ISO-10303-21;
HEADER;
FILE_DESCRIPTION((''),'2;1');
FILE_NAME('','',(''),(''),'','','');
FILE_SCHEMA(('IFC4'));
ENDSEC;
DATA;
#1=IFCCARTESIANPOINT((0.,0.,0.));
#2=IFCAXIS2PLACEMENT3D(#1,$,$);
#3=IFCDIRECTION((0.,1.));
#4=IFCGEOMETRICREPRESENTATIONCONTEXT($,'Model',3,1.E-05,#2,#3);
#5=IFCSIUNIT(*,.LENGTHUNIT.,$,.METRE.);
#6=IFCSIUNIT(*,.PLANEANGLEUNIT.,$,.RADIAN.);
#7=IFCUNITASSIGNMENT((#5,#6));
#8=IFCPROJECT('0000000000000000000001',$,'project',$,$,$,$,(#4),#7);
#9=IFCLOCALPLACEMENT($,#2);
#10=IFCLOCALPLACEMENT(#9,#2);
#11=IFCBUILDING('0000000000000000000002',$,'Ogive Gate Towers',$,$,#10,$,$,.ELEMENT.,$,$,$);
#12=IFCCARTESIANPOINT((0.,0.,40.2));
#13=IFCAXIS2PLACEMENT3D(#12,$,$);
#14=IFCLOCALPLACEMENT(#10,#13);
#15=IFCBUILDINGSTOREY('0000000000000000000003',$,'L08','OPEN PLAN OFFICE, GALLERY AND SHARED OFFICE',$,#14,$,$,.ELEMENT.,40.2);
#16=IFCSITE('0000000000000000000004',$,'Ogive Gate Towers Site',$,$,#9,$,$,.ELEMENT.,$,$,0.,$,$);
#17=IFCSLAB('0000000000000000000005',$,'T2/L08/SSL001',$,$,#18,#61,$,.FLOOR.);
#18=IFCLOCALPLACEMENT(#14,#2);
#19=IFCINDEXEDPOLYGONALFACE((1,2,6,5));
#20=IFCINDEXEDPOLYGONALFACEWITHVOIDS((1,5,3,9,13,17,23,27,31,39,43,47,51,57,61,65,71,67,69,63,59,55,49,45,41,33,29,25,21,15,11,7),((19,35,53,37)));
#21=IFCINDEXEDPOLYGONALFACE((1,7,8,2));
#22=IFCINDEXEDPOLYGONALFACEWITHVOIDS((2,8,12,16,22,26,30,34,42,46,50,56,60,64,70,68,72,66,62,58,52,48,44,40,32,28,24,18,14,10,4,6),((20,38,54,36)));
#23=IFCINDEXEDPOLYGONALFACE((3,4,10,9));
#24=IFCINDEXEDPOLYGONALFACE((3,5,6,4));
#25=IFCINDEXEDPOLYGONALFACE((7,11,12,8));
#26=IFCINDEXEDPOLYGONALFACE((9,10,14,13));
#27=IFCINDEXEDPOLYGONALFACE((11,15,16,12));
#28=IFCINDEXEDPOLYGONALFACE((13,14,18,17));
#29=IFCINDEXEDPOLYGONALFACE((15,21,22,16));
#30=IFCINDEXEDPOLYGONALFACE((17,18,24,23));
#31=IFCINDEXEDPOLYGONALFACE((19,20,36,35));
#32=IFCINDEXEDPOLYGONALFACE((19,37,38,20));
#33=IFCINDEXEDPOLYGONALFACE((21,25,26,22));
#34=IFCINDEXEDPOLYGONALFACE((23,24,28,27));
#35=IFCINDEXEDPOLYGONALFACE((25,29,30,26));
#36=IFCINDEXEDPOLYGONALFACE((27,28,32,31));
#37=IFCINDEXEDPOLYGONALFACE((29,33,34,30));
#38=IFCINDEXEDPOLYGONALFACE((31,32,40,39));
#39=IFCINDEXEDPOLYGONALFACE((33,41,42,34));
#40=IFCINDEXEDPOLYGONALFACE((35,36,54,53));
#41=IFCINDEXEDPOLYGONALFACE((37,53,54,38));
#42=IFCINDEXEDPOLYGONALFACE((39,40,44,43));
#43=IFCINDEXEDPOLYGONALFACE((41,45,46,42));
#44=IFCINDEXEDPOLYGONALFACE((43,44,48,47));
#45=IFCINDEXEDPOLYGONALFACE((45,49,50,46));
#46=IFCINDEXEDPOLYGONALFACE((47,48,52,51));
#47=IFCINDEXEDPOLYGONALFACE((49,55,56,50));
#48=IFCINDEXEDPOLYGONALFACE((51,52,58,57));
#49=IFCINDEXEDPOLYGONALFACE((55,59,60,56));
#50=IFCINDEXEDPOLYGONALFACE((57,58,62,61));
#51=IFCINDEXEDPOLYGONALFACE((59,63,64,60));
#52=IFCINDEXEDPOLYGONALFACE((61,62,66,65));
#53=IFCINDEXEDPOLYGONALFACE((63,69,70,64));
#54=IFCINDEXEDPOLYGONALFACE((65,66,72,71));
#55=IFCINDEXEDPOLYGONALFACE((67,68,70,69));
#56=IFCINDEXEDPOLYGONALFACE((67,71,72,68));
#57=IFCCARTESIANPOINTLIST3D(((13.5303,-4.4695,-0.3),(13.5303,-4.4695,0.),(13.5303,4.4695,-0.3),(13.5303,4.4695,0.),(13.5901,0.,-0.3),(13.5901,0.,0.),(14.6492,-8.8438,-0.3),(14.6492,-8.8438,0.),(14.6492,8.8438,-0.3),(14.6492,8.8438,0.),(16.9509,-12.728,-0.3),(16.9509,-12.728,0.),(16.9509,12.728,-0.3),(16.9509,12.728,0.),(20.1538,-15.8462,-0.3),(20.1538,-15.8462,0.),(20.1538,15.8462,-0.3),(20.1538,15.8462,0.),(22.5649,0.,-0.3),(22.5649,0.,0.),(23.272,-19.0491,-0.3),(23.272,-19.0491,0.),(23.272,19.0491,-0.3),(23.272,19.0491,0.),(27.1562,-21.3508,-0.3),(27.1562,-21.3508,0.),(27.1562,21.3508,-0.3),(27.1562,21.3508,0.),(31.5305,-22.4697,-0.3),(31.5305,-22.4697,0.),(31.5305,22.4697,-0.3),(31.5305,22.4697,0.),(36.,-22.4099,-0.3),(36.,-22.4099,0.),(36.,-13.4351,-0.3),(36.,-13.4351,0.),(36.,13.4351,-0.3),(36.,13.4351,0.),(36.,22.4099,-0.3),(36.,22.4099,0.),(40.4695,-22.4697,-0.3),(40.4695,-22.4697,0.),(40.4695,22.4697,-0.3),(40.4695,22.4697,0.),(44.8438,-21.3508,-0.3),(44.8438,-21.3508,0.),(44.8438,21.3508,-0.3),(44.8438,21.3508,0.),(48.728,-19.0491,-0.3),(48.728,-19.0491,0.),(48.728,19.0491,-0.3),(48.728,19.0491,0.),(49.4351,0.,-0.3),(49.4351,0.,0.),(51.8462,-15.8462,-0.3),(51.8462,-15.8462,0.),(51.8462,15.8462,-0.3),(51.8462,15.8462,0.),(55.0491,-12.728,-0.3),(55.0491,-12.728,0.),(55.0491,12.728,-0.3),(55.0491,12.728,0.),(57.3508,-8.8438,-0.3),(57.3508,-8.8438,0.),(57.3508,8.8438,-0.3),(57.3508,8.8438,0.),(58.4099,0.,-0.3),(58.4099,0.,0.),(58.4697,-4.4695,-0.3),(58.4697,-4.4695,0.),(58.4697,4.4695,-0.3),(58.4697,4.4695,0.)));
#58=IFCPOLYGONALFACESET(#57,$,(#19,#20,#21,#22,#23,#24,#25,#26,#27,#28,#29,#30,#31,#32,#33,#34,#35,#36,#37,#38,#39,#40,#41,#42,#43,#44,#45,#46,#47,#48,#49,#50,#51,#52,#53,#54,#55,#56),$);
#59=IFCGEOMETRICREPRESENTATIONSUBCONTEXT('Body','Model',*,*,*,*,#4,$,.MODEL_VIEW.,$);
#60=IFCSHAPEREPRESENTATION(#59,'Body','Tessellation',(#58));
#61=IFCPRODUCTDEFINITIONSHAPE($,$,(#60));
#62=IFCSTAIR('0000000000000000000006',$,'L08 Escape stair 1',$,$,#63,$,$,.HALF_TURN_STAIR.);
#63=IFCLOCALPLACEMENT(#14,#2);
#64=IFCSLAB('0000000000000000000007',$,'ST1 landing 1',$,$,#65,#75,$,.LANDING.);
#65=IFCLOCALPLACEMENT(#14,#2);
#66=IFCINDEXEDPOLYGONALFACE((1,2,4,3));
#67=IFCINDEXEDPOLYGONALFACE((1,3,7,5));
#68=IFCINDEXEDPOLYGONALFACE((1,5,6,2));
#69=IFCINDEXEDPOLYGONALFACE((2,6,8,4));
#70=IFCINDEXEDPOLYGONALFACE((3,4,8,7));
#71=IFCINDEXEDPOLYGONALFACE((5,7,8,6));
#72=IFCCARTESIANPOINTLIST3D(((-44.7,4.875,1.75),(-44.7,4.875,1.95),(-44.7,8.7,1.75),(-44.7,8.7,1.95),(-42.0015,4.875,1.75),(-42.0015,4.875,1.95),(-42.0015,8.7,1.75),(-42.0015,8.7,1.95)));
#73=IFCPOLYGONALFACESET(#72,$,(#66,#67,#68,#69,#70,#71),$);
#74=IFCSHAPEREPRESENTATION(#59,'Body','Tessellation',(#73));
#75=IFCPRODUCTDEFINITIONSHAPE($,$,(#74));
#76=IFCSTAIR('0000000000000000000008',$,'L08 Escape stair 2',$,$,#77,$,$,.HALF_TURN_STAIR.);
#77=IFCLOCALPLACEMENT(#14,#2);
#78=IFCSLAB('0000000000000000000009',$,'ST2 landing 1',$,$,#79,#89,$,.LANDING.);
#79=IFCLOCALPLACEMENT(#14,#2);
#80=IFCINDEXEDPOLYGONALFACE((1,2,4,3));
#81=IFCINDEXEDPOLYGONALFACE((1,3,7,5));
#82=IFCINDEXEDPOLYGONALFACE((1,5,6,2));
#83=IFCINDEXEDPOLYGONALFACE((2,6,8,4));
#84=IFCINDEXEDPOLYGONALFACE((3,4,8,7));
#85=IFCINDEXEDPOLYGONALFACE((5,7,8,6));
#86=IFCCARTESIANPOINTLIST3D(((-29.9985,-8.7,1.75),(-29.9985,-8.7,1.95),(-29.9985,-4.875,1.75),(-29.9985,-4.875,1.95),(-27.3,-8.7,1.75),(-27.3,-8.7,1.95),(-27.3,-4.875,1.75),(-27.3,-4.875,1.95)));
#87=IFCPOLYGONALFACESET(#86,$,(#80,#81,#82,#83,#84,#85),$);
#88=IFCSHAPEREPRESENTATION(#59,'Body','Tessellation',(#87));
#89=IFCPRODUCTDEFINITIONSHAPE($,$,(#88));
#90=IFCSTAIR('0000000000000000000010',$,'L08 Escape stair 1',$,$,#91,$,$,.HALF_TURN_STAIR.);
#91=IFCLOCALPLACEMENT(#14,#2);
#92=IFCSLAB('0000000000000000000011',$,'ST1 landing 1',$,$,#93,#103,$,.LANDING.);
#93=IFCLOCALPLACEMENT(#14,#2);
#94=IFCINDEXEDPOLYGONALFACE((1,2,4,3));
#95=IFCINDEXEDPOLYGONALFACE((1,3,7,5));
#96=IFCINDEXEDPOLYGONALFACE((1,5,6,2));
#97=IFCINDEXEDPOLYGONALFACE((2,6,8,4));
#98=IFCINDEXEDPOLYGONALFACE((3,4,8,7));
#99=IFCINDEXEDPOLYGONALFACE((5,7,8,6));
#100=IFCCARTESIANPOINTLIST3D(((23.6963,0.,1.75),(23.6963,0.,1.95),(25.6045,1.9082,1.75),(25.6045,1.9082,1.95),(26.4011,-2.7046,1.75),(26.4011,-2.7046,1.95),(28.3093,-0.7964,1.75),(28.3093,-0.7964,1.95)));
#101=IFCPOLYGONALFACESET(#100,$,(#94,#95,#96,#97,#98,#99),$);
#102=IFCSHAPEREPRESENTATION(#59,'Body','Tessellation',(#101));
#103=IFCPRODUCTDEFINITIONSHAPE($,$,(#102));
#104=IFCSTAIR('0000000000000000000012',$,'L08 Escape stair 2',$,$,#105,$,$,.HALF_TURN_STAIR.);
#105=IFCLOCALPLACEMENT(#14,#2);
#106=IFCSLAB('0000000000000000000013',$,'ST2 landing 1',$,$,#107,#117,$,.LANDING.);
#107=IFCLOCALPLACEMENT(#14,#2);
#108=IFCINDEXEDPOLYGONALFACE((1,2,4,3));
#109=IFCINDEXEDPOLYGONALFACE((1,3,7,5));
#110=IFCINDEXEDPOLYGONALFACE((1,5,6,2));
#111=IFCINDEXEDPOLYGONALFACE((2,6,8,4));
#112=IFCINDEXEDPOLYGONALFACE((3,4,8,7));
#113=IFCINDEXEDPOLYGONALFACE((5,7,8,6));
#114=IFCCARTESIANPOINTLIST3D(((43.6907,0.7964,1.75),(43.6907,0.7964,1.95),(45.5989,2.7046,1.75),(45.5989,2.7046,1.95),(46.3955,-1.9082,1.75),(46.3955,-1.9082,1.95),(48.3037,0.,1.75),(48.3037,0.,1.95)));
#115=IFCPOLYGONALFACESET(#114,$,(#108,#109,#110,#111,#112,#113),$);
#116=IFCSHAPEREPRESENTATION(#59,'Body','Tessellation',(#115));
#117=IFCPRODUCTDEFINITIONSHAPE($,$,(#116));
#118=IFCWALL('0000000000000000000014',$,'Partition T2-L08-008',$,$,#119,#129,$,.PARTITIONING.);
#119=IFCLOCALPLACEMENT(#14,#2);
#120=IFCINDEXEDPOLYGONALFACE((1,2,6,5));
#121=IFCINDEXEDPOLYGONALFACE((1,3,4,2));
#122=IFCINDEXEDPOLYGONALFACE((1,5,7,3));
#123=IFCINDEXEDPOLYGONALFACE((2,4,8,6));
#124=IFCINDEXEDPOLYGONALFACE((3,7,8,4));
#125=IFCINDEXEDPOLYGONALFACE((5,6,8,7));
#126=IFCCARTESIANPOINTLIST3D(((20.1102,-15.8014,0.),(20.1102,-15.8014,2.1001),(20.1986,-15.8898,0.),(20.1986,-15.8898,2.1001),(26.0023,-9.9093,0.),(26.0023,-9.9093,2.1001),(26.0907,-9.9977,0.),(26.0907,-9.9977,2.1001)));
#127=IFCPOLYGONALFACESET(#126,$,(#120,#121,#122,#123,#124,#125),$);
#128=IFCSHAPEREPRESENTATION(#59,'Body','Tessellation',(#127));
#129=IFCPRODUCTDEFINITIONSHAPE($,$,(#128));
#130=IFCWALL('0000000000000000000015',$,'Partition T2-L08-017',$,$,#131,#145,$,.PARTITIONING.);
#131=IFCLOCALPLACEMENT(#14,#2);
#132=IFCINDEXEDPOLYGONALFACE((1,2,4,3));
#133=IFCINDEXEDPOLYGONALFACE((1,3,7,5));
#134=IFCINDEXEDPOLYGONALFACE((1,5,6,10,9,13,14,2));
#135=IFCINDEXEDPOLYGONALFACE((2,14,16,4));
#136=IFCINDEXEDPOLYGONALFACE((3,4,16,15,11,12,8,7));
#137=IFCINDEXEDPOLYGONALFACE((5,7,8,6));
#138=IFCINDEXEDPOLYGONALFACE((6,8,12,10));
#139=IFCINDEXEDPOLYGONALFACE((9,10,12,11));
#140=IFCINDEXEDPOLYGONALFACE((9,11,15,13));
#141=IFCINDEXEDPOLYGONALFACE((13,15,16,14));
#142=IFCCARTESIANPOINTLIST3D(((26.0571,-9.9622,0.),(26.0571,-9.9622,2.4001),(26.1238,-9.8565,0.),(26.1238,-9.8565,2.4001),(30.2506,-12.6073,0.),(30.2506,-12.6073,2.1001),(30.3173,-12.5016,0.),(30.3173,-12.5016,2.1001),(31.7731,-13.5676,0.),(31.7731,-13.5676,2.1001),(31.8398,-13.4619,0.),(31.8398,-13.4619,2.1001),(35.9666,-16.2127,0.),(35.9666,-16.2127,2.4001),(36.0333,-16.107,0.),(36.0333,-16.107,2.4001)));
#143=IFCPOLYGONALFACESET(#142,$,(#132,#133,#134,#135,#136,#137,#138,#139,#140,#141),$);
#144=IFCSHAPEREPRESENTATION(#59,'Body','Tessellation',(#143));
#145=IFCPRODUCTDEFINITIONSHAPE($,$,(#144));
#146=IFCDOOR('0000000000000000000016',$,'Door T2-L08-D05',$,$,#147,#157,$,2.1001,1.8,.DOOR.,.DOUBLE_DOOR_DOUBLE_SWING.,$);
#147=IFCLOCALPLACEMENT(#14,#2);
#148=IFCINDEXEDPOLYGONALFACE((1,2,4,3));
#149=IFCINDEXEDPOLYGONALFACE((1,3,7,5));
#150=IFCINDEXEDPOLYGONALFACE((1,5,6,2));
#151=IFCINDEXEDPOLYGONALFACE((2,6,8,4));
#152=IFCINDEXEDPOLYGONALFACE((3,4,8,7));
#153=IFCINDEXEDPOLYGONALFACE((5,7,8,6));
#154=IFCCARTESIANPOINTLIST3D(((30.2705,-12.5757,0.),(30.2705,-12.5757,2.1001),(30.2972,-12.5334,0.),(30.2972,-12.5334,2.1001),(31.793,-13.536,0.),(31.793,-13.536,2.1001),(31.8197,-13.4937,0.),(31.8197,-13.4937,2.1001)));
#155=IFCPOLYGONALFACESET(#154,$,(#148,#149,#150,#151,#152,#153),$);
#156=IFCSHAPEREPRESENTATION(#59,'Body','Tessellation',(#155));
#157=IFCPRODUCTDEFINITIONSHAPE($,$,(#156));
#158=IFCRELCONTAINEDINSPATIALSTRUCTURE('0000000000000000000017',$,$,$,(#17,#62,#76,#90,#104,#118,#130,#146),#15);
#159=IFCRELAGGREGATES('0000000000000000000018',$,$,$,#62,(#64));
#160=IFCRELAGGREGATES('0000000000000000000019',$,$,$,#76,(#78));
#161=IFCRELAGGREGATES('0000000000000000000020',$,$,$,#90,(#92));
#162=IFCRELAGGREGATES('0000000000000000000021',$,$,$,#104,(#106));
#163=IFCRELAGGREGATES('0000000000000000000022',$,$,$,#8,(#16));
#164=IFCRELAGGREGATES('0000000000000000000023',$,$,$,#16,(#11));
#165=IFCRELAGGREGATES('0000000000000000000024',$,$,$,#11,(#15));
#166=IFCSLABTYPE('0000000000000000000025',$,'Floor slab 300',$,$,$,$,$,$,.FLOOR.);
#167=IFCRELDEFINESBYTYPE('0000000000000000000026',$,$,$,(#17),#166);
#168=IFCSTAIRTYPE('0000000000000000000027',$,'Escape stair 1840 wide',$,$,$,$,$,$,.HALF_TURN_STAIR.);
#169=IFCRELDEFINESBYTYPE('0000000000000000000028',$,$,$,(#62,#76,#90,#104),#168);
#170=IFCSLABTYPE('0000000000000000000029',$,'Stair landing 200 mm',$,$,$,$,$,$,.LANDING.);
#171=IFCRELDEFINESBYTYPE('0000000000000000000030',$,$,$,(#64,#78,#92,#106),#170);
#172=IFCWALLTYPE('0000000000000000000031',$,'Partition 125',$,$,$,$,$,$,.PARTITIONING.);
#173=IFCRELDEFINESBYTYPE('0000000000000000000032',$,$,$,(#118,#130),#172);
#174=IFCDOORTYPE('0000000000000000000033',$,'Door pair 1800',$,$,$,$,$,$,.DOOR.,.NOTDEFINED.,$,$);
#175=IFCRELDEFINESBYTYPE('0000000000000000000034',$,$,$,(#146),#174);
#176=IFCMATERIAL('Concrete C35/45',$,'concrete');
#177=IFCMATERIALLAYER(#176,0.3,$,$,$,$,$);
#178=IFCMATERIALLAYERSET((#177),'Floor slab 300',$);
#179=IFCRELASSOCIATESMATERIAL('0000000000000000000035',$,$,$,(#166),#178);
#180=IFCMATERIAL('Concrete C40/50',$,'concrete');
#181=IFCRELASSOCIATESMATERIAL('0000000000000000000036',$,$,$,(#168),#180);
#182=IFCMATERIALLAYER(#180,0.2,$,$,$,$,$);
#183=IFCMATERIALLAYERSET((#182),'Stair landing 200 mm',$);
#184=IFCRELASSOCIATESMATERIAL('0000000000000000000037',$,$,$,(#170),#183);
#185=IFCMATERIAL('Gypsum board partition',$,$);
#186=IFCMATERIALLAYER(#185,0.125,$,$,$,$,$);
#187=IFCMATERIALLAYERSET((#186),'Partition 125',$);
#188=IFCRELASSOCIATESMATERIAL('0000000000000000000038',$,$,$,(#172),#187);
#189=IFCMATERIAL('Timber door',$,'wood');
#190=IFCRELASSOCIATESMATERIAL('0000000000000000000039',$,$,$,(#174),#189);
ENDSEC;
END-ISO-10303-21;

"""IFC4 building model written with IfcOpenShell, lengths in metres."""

from ifc_helpers import new_model, si_unit, direction, frame, frame_2d, origin, place, context, subcontext, project, spatial, polyline, rectangle, outline, extrude, material, layer, layer_set, type_object, element, fill, aggregate, save


model = new_model("IFC4")

# Units and contexts
model_context = context("Model", 3, precision=1e-05, world=origin(), true_north=direction((0.0, 1.0)))
body_context = subcontext(model_context, "Body", "Model", "MODEL_VIEW")
ifc_project = project(units=[si_unit("LENGTHUNIT", "METRE"), si_unit("PLANEANGLEUNIT", "RADIAN")], contexts=[model_context])

# Site, building, storey
site_placement = place(None, origin())
site = spatial("IfcSite", under=ifc_project, at=site_placement, Name="Ogive Gate Towers Site", CompositionType="ELEMENT", RefElevation=0.0)
building_placement = place(site_placement, origin())
building = spatial("IfcBuilding", under=site, at=building_placement, Name="Ogive Gate Towers", CompositionType="ELEMENT")
storey_placement = place(building_placement, frame((0.0, 0.0, 40.2)))
storey = spatial("IfcBuildingStorey", under=building, at=storey_placement, Name="L08", Description="OPEN PLAN OFFICE, GALLERY AND SHARED OFFICE", CompositionType="ELEMENT", Elevation=40.2)

# Slab
ifc_material_1 = material(Name="Concrete C40/50", Category="concrete")
ifc_material_2 = material(Name="Concrete C35/45", Category="concrete")
ifc_layer_1 = layer(ifc_material_2, 0.3)
ifc_layer_set_1 = layer_set([ifc_layer_1], Name="Floor slab 300")
slab_type_1 = type_object("IfcSlabType", Name="Floor slab 300", PredefinedType="FLOOR", material=ifc_layer_set_1)
slab_1_placement = place(storey_placement, frame((0.0, 0.0, -0.3)))
element("IfcSlab", 1, at=slab_1_placement, inside=storey, type_object=slab_type_1, Name="T2/L08/SSL001", PredefinedType="FLOOR", context=body_context, shape_type="SweptSolid", body=[
    extrude(outline(polyline([(58.4697, -4.4695), (58.4099, 0.0), (58.4697, 4.4695), (57.3508, 8.8438), (55.0491, 12.728), (51.8462, 15.8462), (48.728, 19.0491), (44.8438, 21.3508), (40.4695, 22.4697), (36.0, 22.4099), (31.5305, 22.4697), (27.1562, 21.3508), (23.272, 19.0491), (20.1538, 15.8462), (16.9509, 12.728), (14.6492, 8.8438), (13.5303, 4.4695), (13.5901, 0.0), (13.5303, -4.4695), (14.6492, -8.8438), (16.9509, -12.728), (20.1538, -15.8462), (23.272, -19.0491), (27.1562, -21.3508), (31.5305, -22.4697), (36.0, -22.4099), (40.4695, -22.4697), (44.8438, -21.3508), (48.728, -19.0491), (51.8462, -15.8462), (55.0491, -12.728), (57.3508, -8.8438), (58.4697, -4.4695)]), holes=[polyline([(49.4351, 0.0), (36.0, -13.4351), (22.5649, 0.0), (36.0, 13.4351), (49.4351, 0.0)])]), origin(), (0.0, 0.0, 1.0), 0.3),
])

# Stairs, slabs
stair_type = type_object("IfcStairType", Name="Escape stair 1840 wide", PredefinedType="HALF_TURN_STAIR", material=ifc_material_1)
stair_1_placement = place(storey_placement, origin())
stair_1 = element("IfcStair", 2, at=stair_1_placement, inside=storey, type_object=stair_type, Name="L08 Escape stair 1", PredefinedType="HALF_TURN_STAIR")
ifc_layer_2 = layer(ifc_material_1, 0.2)
ifc_layer_set_2 = layer_set([ifc_layer_2], Name="Stair landing 200 mm")
slab_type_2 = type_object("IfcSlabType", Name="Stair landing 200 mm", PredefinedType="LANDING", material=ifc_layer_set_2)
slab_2_placement = place(storey_placement, frame((0.0, 0.0, 1.75)))
slab_2 = element("IfcSlab", 3, at=slab_2_placement, type_object=slab_type_2, Name="ST1 landing 1", PredefinedType="LANDING", context=body_context, shape_type="SweptSolid", body=[
    extrude(outline(polyline([(-42.0015, 8.7), (-44.7, 8.7), (-44.7, 4.875), (-42.0015, 4.875), (-42.0015, 8.7)])), origin(), (0.0, 0.0, 1.0), 0.2),
])
aggregate(stair_1, [slab_2])
stair_2_placement = place(storey_placement, origin())
stair_2 = element("IfcStair", 4, at=stair_2_placement, inside=storey, type_object=stair_type, Name="L08 Escape stair 2", PredefinedType="HALF_TURN_STAIR")
slab_3_placement = place(storey_placement, frame((0.0, 0.0, 1.75)))
slab_3 = element("IfcSlab", 5, at=slab_3_placement, type_object=slab_type_2, Name="ST2 landing 1", PredefinedType="LANDING", context=body_context, shape_type="SweptSolid", body=[
    extrude(outline(polyline([(-29.9985, -8.7), (-27.3, -8.7), (-27.3, -4.875), (-29.9985, -4.875), (-29.9985, -8.7)])), origin(), (0.0, 0.0, 1.0), 0.2),
])
aggregate(stair_2, [slab_3])
stair_3_placement = place(storey_placement, origin())
stair_3 = element("IfcStair", 6, at=stair_3_placement, inside=storey, type_object=stair_type, Name="L08 Escape stair 1", PredefinedType="HALF_TURN_STAIR")
slab_4_placement = place(storey_placement, frame((0.0, 0.0, 1.75)))
slab_4 = element("IfcSlab", 7, at=slab_4_placement, type_object=slab_type_2, Name="ST1 landing 1", PredefinedType="LANDING", context=body_context, shape_type="SweptSolid", body=[
    extrude(outline(polyline([(25.6045, 1.9082), (23.6963, 0.0), (26.4011, -2.7046), (28.3093, -0.7964), (25.6045, 1.9082)])), origin(), (0.0, 0.0, 1.0), 0.2),
])
aggregate(stair_3, [slab_4])
stair_4_placement = place(storey_placement, origin())
stair_4 = element("IfcStair", 8, at=stair_4_placement, inside=storey, type_object=stair_type, Name="L08 Escape stair 2", PredefinedType="HALF_TURN_STAIR")
slab_5_placement = place(storey_placement, frame((0.0, 0.0, 1.75)))
slab_5 = element("IfcSlab", 9, at=slab_5_placement, type_object=slab_type_2, Name="ST2 landing 1", PredefinedType="LANDING", context=body_context, shape_type="SweptSolid", body=[
    extrude(outline(polyline([(46.3955, -1.9082), (48.3037, 0.0), (45.5989, 2.7046), (43.6907, 0.7964), (46.3955, -1.9082)])), origin(), (0.0, 0.0, 1.0), 0.2),
])
aggregate(stair_4, [slab_5])

# Wall
ifc_material_3 = material(Name="Gypsum board partition")
ifc_layer_3 = layer(ifc_material_3, 0.125)
ifc_layer_set_3 = layer_set([ifc_layer_3], Name="Partition 125")
wall_type = type_object("IfcWallType", Name="Partition 125", PredefinedType="PARTITIONING", material=ifc_layer_set_3)
wall_1_placement = place(storey_placement, frame((20.1543, -15.8457, 0.0), z_axis=(0.0, 0.0, 1.0), x_axis=(0.707107, 0.707107, 0.0)))
element("IfcWall", 10, at=wall_1_placement, inside=storey, type_object=wall_type, Name="Partition T2-L08-008", PredefinedType="PARTITIONING", context=body_context, shape_type="SweptSolid", body=[
    extrude(rectangle(XDim=8.3328, YDim=0.125, at=frame_2d((4.1665, 0.0))), origin(), (0.0, 0.0, 1.0), 2.1001),
])

# Wall, opening, door
wall_2_placement = place(storey_placement, frame((26.0906, -9.9094, 0.0), z_axis=(0.0, 0.0, 1.0), x_axis=(0.845801, -0.533499, 0.0)))
wall_2 = element("IfcWall", 11, at=wall_2_placement, inside=storey, type_object=wall_type, Name="Partition T2-L08-017", PredefinedType="PARTITIONING", context=body_context, shape_type="SweptSolid", body=[
    extrude(rectangle(XDim=11.7161, YDim=0.125, at=frame_2d((5.8579, 0.0))), origin(), (0.0, 0.0, 1.0), 2.4001),
])
opening_placement = place(wall_2_placement, frame((4.958, 0.0, 0.0)))
opening = element("IfcOpeningElement", 12, at=opening_placement, cuts=wall_2, PredefinedType="OPENING", context=body_context, shape_type="SweptSolid", body=[
    extrude(rectangle(XDim=1.8, YDim=2.1001, at=frame_2d((0.8999, 1.05))), frame((0.0, 0.0725, 0.0), z_axis=(0.0, -1.0, 0.0), x_axis=(1.0, 0.0, 0.0)), (0.0, 0.0, 1.0), 0.145),
])
ifc_material_4 = material(Name="Timber door", Category="wood")
door_type = type_object("IfcDoorType", Name="Door pair 1800", OperationType="NOTDEFINED", PredefinedType="DOOR", material=ifc_material_4)
door_placement = place(opening_placement, origin())
door = element("IfcDoor", 13, at=door_placement, inside=storey, type_object=door_type, Name="Door T2-L08-D05", OperationType="DOUBLE_DOOR_DOUBLE_SWING", OverallHeight=2.1001, OverallWidth=1.8, PredefinedType="DOOR", context=body_context, shape_type="SweptSolid", body=[
    extrude(rectangle(XDim=1.8, YDim=2.1001, at=frame_2d((0.8999, 1.05))), frame((0.0, 0.0249, 0.0), z_axis=(0.0, -1.0, 0.0), x_axis=(1.0, 0.0, 0.0)), (0.0, 0.0, 1.0), 0.05),
])
fill(opening, door)

save(model, "model.ifc")
